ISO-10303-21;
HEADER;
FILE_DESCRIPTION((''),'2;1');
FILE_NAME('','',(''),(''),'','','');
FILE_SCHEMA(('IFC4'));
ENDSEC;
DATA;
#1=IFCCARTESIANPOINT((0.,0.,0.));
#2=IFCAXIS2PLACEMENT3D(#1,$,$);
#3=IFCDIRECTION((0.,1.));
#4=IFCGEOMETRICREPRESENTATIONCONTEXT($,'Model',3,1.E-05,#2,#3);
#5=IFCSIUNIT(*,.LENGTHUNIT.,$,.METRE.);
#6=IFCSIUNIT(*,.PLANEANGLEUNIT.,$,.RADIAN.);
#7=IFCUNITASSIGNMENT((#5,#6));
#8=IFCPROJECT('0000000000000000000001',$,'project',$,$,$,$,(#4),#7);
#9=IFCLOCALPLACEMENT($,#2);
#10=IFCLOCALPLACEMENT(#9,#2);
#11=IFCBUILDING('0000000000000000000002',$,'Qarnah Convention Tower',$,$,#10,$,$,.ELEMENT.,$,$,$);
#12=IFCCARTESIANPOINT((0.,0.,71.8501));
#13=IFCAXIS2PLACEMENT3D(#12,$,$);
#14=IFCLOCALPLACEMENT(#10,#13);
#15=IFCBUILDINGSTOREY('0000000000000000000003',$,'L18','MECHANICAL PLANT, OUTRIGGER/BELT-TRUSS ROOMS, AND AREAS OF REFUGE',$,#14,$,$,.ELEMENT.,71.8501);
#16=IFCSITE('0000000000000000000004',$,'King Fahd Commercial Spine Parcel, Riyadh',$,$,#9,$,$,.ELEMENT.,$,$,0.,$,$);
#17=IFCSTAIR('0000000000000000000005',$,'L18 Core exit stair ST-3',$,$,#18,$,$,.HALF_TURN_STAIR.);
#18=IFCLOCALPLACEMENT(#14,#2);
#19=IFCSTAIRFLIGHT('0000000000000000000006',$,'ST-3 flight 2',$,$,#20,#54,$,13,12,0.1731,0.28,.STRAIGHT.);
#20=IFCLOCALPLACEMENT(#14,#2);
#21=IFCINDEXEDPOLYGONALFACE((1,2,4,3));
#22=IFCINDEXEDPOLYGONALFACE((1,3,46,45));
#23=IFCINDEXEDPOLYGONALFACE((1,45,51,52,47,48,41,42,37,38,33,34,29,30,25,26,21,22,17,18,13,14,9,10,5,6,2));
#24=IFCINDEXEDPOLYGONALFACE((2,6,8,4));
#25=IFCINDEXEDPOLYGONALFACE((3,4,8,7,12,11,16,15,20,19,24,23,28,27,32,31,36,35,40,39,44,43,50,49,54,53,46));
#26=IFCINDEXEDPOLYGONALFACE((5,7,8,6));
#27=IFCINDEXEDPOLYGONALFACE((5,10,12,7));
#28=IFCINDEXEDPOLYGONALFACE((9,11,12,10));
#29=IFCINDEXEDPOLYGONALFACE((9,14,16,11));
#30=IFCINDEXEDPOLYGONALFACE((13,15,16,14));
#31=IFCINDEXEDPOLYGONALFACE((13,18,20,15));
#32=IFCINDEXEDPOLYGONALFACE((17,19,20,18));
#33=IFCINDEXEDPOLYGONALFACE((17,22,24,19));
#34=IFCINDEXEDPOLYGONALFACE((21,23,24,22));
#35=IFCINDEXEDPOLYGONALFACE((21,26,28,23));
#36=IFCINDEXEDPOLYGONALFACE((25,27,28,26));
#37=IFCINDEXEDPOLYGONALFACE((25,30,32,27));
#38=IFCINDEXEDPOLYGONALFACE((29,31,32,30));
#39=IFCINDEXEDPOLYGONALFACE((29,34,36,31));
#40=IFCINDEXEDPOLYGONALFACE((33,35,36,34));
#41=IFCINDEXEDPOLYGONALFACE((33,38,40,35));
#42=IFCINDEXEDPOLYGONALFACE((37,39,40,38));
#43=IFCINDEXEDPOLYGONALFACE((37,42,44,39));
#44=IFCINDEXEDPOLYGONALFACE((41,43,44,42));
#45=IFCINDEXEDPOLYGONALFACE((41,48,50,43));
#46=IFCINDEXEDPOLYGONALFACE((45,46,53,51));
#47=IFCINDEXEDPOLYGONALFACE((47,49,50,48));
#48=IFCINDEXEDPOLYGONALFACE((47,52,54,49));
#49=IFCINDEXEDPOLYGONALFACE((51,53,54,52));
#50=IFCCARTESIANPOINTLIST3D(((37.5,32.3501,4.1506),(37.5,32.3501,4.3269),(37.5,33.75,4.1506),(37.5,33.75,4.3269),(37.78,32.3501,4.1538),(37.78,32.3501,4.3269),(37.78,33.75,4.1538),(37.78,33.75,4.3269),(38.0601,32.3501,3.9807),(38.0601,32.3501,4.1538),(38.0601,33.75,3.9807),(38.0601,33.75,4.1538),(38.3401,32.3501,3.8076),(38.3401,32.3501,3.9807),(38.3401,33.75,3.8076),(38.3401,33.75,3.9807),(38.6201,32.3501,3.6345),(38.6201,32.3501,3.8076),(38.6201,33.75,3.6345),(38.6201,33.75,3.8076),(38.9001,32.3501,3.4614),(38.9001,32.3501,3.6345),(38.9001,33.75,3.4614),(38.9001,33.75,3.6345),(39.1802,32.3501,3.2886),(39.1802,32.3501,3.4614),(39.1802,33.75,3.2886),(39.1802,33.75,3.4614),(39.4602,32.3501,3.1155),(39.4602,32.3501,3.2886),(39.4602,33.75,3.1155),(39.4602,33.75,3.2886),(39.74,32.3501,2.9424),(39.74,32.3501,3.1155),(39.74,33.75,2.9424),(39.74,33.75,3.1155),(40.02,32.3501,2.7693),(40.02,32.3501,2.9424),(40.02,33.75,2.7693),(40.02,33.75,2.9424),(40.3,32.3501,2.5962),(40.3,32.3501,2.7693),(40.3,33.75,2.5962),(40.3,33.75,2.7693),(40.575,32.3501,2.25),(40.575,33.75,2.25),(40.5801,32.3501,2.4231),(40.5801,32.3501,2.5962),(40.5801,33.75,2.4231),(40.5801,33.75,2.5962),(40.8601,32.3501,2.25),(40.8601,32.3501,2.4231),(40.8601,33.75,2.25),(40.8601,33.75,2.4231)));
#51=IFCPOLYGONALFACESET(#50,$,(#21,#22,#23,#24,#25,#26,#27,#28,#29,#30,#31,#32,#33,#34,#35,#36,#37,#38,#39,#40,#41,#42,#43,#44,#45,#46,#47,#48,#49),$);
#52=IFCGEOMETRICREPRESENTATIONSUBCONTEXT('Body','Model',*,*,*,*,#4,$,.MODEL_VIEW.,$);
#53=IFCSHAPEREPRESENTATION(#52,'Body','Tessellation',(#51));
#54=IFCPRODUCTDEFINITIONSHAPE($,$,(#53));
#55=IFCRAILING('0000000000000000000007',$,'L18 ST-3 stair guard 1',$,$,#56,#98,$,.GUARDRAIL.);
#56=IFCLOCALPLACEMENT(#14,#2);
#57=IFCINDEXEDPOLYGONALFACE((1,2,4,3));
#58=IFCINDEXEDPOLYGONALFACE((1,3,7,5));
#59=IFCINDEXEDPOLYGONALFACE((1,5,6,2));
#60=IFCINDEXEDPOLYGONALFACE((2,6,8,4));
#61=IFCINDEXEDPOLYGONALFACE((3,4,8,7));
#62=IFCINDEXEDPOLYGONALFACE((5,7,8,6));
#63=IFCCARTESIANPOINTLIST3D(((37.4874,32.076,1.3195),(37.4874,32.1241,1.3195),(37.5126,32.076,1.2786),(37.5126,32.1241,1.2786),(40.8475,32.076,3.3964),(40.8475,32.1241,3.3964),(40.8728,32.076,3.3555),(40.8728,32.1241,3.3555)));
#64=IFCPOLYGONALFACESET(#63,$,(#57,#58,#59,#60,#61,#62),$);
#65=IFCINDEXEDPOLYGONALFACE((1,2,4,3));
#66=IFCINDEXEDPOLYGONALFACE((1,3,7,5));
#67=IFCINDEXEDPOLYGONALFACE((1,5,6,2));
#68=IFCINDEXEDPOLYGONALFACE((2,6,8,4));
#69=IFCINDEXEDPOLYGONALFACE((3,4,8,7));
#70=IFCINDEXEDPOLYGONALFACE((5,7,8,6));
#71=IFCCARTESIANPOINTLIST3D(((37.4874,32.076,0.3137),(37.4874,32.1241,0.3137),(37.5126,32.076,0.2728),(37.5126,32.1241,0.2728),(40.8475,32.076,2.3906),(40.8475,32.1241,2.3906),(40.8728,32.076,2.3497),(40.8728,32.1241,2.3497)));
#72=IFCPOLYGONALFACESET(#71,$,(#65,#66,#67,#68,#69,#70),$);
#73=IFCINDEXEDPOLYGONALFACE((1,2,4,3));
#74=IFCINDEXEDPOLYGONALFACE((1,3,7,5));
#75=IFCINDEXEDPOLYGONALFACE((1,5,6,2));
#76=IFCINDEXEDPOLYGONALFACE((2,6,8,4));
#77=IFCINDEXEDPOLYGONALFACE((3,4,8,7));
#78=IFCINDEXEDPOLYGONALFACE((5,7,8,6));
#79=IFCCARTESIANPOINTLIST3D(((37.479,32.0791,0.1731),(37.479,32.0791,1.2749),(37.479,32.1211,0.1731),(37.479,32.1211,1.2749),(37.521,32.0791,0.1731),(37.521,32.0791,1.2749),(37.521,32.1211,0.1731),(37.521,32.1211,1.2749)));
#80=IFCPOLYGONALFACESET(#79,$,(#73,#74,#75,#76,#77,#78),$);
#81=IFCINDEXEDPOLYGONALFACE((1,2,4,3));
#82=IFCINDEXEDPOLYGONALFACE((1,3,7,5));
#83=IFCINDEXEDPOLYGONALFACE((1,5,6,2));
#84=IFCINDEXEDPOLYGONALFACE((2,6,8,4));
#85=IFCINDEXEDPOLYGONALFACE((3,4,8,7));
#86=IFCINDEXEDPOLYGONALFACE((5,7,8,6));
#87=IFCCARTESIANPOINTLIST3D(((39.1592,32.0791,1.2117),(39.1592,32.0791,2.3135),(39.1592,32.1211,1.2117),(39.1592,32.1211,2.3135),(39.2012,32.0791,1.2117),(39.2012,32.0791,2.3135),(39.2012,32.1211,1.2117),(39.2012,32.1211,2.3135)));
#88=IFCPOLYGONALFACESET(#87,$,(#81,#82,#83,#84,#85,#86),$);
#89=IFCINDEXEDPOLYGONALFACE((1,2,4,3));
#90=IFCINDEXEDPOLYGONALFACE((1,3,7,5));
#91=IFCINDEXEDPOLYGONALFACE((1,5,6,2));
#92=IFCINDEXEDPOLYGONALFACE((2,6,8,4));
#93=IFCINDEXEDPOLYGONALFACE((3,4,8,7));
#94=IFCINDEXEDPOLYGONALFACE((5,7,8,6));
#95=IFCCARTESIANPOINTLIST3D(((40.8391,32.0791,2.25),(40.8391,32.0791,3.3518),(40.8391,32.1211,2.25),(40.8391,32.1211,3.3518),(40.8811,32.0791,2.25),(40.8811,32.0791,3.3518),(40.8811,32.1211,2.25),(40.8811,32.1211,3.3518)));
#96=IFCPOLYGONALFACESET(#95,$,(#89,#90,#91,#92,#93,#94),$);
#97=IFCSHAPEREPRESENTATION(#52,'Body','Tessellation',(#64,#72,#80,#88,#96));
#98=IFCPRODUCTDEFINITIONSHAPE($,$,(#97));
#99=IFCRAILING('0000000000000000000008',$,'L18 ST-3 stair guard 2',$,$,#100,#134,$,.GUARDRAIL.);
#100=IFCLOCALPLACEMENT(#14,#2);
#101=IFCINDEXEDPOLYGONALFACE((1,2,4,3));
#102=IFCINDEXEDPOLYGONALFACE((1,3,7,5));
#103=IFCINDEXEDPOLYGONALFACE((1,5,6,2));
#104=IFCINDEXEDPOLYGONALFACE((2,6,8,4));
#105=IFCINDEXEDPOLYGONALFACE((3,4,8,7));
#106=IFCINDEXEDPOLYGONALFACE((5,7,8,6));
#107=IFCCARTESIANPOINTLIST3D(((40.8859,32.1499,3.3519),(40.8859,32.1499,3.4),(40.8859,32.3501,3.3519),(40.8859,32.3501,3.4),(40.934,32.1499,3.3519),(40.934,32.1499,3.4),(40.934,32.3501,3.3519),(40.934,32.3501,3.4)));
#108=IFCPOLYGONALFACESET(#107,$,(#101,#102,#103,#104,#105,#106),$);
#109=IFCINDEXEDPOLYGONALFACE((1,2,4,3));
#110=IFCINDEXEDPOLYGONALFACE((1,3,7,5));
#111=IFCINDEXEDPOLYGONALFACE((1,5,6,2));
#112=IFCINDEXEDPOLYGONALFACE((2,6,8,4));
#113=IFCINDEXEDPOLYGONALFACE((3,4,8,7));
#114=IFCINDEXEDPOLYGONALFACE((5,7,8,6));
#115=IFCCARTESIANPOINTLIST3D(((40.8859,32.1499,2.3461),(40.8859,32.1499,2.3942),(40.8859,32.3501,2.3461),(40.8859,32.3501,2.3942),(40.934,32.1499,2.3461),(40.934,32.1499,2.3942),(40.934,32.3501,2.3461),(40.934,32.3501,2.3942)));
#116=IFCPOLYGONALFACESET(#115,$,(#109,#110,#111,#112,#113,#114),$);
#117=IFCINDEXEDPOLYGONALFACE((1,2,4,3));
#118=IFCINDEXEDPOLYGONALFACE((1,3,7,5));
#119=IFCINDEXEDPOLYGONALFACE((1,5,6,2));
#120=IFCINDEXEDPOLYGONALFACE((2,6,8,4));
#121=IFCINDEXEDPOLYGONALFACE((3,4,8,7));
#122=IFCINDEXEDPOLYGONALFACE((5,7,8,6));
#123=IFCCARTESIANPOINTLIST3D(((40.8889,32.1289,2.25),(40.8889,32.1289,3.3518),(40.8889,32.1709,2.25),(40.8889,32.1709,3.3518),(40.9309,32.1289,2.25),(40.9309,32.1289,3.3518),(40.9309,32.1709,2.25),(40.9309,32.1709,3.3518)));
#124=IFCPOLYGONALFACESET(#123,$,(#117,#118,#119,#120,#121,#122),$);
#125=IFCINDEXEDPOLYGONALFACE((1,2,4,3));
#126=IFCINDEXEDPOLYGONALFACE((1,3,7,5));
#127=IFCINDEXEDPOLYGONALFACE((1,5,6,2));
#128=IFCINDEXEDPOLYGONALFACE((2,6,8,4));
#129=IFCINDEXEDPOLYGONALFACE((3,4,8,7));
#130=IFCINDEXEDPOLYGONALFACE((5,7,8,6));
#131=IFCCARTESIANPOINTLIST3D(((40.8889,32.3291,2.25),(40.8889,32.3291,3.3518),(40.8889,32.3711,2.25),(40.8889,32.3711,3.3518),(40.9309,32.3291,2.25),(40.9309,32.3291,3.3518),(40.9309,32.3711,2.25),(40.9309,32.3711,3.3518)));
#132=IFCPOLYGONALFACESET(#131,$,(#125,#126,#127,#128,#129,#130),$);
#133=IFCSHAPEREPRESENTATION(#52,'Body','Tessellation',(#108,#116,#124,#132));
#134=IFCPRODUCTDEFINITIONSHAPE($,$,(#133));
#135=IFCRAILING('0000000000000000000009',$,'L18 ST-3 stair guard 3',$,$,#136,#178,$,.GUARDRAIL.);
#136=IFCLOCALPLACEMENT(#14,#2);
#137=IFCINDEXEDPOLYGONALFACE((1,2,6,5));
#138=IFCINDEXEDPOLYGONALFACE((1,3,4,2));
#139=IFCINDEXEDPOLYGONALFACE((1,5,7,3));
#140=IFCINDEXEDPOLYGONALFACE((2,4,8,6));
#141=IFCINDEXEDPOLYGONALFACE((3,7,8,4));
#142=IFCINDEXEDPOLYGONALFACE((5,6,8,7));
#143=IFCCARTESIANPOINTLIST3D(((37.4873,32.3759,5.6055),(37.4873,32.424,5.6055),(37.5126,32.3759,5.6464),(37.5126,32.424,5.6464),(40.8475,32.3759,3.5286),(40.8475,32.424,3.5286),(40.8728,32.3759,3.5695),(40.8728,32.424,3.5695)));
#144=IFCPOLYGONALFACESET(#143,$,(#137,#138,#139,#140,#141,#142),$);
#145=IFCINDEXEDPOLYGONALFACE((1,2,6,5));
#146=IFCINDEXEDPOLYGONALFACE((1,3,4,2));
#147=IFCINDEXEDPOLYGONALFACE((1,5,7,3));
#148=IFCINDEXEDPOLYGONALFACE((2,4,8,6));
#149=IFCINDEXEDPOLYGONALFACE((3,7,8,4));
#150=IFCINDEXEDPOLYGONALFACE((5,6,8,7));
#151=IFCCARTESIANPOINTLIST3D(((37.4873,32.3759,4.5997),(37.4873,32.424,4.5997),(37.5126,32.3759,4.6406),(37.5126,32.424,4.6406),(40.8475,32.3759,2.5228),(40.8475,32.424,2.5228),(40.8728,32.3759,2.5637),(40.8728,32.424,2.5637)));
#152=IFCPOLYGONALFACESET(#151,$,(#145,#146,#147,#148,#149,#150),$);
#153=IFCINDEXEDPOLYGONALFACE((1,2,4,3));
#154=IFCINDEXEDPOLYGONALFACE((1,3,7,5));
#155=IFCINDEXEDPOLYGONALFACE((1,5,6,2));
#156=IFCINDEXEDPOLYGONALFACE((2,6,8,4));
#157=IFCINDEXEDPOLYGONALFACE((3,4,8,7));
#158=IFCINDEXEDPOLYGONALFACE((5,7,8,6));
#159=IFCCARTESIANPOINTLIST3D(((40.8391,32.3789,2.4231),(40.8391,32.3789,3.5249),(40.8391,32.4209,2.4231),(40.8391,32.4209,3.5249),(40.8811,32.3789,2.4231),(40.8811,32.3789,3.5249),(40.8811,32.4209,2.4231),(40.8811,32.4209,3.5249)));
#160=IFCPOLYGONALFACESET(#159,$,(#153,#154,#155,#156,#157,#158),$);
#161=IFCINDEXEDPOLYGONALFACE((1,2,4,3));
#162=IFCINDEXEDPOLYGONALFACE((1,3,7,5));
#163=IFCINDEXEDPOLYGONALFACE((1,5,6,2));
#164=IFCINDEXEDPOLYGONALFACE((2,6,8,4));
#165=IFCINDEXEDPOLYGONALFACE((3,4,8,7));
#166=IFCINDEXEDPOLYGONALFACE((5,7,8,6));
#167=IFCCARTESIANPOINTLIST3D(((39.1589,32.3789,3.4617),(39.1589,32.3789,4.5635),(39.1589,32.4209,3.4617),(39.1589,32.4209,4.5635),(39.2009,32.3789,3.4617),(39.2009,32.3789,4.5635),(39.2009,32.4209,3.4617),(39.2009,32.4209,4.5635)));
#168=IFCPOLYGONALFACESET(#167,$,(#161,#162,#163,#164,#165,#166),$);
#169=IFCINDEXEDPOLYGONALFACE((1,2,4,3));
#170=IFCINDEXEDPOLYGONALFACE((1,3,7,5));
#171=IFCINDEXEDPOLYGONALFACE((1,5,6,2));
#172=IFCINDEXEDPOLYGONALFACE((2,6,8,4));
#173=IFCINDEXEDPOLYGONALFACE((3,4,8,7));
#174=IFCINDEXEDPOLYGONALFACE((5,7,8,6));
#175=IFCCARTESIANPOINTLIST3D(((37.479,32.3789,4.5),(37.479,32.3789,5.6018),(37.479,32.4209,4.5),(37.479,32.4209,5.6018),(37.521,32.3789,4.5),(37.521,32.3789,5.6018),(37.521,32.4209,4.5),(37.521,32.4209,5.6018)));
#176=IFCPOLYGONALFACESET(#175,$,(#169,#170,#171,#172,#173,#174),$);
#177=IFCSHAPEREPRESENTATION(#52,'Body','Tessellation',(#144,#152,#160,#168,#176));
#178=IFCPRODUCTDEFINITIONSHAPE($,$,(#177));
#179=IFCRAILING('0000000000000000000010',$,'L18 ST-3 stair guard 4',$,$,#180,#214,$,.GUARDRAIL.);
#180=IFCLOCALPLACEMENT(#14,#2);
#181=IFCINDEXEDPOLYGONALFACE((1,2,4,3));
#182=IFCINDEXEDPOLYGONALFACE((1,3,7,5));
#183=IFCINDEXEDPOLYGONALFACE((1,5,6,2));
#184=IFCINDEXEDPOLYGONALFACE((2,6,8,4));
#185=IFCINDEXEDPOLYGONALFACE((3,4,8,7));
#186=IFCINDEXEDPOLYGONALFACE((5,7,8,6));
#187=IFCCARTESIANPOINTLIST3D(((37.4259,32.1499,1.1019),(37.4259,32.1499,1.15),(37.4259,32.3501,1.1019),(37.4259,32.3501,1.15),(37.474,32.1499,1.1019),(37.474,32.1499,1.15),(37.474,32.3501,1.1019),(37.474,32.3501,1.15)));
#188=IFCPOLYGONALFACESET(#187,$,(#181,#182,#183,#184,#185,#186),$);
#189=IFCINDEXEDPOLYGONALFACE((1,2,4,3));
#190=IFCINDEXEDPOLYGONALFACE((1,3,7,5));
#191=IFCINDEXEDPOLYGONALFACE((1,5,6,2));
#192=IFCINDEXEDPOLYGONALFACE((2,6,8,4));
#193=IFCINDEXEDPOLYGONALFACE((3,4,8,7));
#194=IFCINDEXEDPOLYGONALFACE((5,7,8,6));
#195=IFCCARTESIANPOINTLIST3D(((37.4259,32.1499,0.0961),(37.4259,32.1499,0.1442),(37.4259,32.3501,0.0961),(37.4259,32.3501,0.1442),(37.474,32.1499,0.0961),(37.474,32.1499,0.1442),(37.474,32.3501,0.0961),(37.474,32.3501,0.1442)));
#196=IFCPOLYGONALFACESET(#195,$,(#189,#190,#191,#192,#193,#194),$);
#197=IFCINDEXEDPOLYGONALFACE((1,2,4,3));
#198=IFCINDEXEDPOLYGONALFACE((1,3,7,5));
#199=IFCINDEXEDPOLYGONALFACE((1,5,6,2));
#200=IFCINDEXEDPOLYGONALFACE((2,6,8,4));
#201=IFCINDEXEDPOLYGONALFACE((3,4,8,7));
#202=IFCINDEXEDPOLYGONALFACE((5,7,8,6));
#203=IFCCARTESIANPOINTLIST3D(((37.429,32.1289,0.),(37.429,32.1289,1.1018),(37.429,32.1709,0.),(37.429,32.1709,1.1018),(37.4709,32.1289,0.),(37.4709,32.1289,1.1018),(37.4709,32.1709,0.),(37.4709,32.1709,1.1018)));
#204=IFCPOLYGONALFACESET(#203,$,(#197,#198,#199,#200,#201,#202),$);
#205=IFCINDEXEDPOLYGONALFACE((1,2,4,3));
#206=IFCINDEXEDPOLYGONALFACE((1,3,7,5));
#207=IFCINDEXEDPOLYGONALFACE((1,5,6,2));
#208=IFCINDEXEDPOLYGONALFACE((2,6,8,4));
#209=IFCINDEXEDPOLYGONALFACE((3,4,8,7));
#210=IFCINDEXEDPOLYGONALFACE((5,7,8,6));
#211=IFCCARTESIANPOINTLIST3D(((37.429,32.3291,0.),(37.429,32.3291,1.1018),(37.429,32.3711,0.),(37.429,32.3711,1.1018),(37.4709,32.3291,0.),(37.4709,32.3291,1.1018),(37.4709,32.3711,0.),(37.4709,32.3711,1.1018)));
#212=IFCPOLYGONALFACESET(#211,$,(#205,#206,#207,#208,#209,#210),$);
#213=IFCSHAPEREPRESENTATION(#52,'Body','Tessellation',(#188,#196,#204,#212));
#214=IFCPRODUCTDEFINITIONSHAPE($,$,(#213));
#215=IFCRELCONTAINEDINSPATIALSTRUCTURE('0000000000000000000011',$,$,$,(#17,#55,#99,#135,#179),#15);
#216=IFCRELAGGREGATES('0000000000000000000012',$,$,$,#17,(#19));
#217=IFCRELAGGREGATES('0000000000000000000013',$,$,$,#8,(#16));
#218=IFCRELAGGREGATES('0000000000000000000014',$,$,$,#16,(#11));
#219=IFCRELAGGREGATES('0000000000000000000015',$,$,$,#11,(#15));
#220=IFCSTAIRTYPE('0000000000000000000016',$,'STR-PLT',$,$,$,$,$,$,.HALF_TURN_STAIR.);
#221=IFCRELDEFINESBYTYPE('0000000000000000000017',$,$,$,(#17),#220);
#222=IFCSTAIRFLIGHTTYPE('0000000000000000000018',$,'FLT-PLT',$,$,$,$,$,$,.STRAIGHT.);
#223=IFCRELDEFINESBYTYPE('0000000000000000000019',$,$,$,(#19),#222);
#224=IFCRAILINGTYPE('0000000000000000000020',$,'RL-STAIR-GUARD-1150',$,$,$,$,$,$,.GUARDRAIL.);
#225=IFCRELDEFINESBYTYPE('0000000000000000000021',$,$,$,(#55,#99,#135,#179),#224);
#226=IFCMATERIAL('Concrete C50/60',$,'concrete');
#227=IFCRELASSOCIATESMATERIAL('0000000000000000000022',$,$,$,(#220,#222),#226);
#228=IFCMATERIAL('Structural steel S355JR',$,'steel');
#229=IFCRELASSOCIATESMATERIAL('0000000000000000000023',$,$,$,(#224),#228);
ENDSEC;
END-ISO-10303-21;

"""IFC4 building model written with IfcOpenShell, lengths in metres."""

from ifc_helpers import new_model, si_unit, direction, frame, origin, origin_2d, place, context, subcontext, project, spatial, polyline, rectangle, outline, extrude, material, type_object, element, aggregate, save


model = new_model("IFC4")

# Units and contexts
model_context = context("Model", 3, precision=1e-05, world=origin(), true_north=direction((0.0, 1.0)))
body_context = subcontext(model_context, "Body", "Model", "MODEL_VIEW")
ifc_project = project(units=[si_unit("LENGTHUNIT", "METRE"), si_unit("PLANEANGLEUNIT", "RADIAN")], contexts=[model_context])

# Site, building, storey
site_placement = place(None, origin())
site = spatial("IfcSite", under=ifc_project, at=site_placement, Name="King Fahd Commercial Spine Parcel, Riyadh", CompositionType="ELEMENT", RefElevation=0.0)
building_placement = place(site_placement, origin())
building = spatial("IfcBuilding", under=site, at=building_placement, Name="Qarnah Convention Tower", CompositionType="ELEMENT")
storey_placement = place(building_placement, frame((0.0, 0.0, 71.8501)))
storey = spatial("IfcBuildingStorey", under=building, at=storey_placement, Name="L18", Description="MECHANICAL PLANT, OUTRIGGER/BELT-TRUSS ROOMS, AND AREAS OF REFUGE", CompositionType="ELEMENT", Elevation=71.8501)

# Shared definitions
ifc_material_1 = material(Name="Structural steel S355JR", Category="steel")

# Stair, stair flight
ifc_material_2 = material(Name="Concrete C50/60", Category="concrete")
stair_type = type_object("IfcStairType", Name="STR-PLT", PredefinedType="HALF_TURN_STAIR", material=ifc_material_2)
stair_placement = place(storey_placement, origin())
stair = element("IfcStair", 1, at=stair_placement, inside=storey, type_object=stair_type, Name="L18 Core exit stair ST-3", PredefinedType="HALF_TURN_STAIR")
stair_flight_type = type_object("IfcStairFlightType", Name="FLT-PLT", PredefinedType="STRAIGHT", material=ifc_material_2)
stair_flight_1_placement = place(storey_placement, frame((40.8601, 33.05, 2.25), z_axis=(0.0, 0.0, 1.0), x_axis=(-1.0, 0.0, 0.0)))
stair_flight_1 = element("IfcStairFlight", 2, at=stair_flight_1_placement, type_object=stair_flight_type, Name="ST-3 flight 2", NumberOfRisers=13, NumberOfTreads=12, PredefinedType="STRAIGHT", RiserHeight=0.1731, TreadLength=0.28, context=body_context, shape_type="SweptSolid", body=[
    extrude(outline(polyline([(0.0, 0.0), (0.0, 0.1731), (0.28, 0.1731), (0.28, 0.3462), (0.5601, 0.3462), (0.5601, 0.5193), (0.8401, 0.5193), (0.8401, 0.6924), (1.1201, 0.6924), (1.1201, 0.8655), (1.3999, 0.8655), (1.3999, 1.0386), (1.6799, 1.0386), (1.6799, 1.2114), (1.96, 1.2114), (1.96, 1.3845), (2.24, 1.3845), (2.24, 1.5576), (2.52, 1.5576), (2.52, 1.7307), (2.8, 1.7307), (2.8, 1.9038), (3.0801, 1.9038), (3.0801, 2.0769), (3.3601, 2.0769), (3.3601, 2.25), (3.3601, 1.9006), (0.2852, 0.0), (0.0, 0.0)])), frame((0.0, 0.7, 0.0), z_axis=(0.0, -1.0, 0.0), x_axis=(1.0, 0.0, 0.0)), (0.0, 0.0, 1.0), 1.3999),
])
aggregate(stair, [stair_flight_1])

# Railings
railing_type_1 = type_object("IfcRailingType", Name="RL-STAIR-GUARD-1150", PredefinedType="GUARDRAIL", material=ifc_material_1)
railing_1_placement = place(storey_placement, frame((37.5, 32.1001, 0.1731)))
element("IfcRailing", 3, at=railing_1_placement, inside=storey, type_object=railing_type_1, Name="L18 ST-3 stair guard 1", PredefinedType="GUARDRAIL", context=body_context, shape_type="SweptSolid", body=[
    extrude(rectangle(XDim=0.0481, YDim=0.0481, at=origin_2d()), frame((0.0, 0.0, 1.126), z_axis=(0.850623, 0.0, 0.525776), x_axis=(0.0, 1.0, 0.0)), (0.0, 0.0, 1.0), 3.9502),
    extrude(rectangle(XDim=0.0481, YDim=0.0481, at=origin_2d()), frame((0.0, 0.0, 0.1201), z_axis=(0.850623, 0.0, 0.525776), x_axis=(0.0, 1.0, 0.0)), (0.0, 0.0, 1.0), 3.9502),
    extrude(rectangle(XDim=0.042, YDim=0.042, at=origin_2d()), origin(), (0.0, 0.0, 1.0), 1.1018),
    extrude(rectangle(XDim=0.042, YDim=0.042, at=origin_2d()), frame((1.6802, 0.0, 1.0386)), (0.0, 0.0, 1.0), 1.1018),
    extrude(rectangle(XDim=0.042, YDim=0.042, at=origin_2d()), frame((3.3601, 0.0, 2.0769)), (0.0, 0.0, 1.0), 1.1018),
])
railing_2_placement = place(storey_placement, frame((40.9099, 32.1499, 2.25)))
element("IfcRailing", 4, at=railing_2_placement, inside=storey, type_object=railing_type_1, Name="L18 ST-3 stair guard 2", PredefinedType="GUARDRAIL", context=body_context, shape_type="SweptSolid", body=[
    extrude(rectangle(XDim=0.0481, YDim=0.0481, at=origin_2d()), frame((0.0, 0.0, 1.126), z_axis=(0.0, 1.0, 0.0), x_axis=(-1.0, 0.0, 0.0)), (0.0, 0.0, 1.0), 0.2002),
    extrude(rectangle(XDim=0.0481, YDim=0.0481, at=origin_2d()), frame((0.0, 0.0, 0.1201), z_axis=(0.0, 1.0, 0.0), x_axis=(-1.0, 0.0, 0.0)), (0.0, 0.0, 1.0), 0.2002),
    extrude(rectangle(XDim=0.042, YDim=0.042, at=origin_2d()), origin(), (0.0, 0.0, 1.0), 1.1018),
    extrude(rectangle(XDim=0.042, YDim=0.042, at=origin_2d()), frame((0.0, 0.2002, 0.0)), (0.0, 0.0, 1.0), 1.1018),
])
railing_3_placement = place(storey_placement, frame((40.8601, 32.3999, 2.4231)))
element("IfcRailing", 5, at=railing_3_placement, inside=storey, type_object=railing_type_1, Name="L18 ST-3 stair guard 3", PredefinedType="GUARDRAIL", context=body_context, shape_type="SweptSolid", body=[
    extrude(rectangle(XDim=0.0481, YDim=0.0481, at=origin_2d()), frame((0.0, 0.0, 1.126), z_axis=(-0.850623, 0.0, 0.525776), x_axis=(0.0, -1.0, 0.0)), (0.0, 0.0, 1.0), 3.9502),
    extrude(rectangle(XDim=0.0481, YDim=0.0481, at=origin_2d()), frame((0.0, 0.0, 0.1201), z_axis=(-0.850623, 0.0, 0.525776), x_axis=(0.0, -1.0, 0.0)), (0.0, 0.0, 1.0), 3.9502),
    extrude(rectangle(XDim=0.042, YDim=0.042, at=origin_2d()), origin(), (0.0, 0.0, 1.0), 1.1018),
    extrude(rectangle(XDim=0.042, YDim=0.042, at=origin_2d()), frame((-1.6802, 0.0, 1.0386)), (0.0, 0.0, 1.0), 1.1018),
    extrude(rectangle(XDim=0.042, YDim=0.042, at=origin_2d()), frame((-3.3601, 0.0, 2.0769)), (0.0, 0.0, 1.0), 1.1018),
])
railing_4_placement = place(storey_placement, frame((37.45, 32.1499, 0.0)))
element("IfcRailing", 6, at=railing_4_placement, inside=storey, type_object=railing_type_1, Name="L18 ST-3 stair guard 4", PredefinedType="GUARDRAIL", context=body_context, shape_type="SweptSolid", body=[
    extrude(rectangle(XDim=0.0481, YDim=0.0481, at=origin_2d()), frame((0.0, 0.0, 1.126), z_axis=(0.0, 1.0, 0.0), x_axis=(-1.0, 0.0, 0.0)), (0.0, 0.0, 1.0), 0.2002),
    extrude(rectangle(XDim=0.0481, YDim=0.0481, at=origin_2d()), frame((0.0, 0.0, 0.1201), z_axis=(0.0, 1.0, 0.0), x_axis=(-1.0, 0.0, 0.0)), (0.0, 0.0, 1.0), 0.2002),
    extrude(rectangle(XDim=0.042, YDim=0.042, at=origin_2d()), origin(), (0.0, 0.0, 1.0), 1.1018),
    extrude(rectangle(XDim=0.042, YDim=0.042, at=origin_2d()), frame((0.0, 0.2002, 0.0)), (0.0, 0.0, 1.0), 1.1018),
])

save(model, "model.ifc")
